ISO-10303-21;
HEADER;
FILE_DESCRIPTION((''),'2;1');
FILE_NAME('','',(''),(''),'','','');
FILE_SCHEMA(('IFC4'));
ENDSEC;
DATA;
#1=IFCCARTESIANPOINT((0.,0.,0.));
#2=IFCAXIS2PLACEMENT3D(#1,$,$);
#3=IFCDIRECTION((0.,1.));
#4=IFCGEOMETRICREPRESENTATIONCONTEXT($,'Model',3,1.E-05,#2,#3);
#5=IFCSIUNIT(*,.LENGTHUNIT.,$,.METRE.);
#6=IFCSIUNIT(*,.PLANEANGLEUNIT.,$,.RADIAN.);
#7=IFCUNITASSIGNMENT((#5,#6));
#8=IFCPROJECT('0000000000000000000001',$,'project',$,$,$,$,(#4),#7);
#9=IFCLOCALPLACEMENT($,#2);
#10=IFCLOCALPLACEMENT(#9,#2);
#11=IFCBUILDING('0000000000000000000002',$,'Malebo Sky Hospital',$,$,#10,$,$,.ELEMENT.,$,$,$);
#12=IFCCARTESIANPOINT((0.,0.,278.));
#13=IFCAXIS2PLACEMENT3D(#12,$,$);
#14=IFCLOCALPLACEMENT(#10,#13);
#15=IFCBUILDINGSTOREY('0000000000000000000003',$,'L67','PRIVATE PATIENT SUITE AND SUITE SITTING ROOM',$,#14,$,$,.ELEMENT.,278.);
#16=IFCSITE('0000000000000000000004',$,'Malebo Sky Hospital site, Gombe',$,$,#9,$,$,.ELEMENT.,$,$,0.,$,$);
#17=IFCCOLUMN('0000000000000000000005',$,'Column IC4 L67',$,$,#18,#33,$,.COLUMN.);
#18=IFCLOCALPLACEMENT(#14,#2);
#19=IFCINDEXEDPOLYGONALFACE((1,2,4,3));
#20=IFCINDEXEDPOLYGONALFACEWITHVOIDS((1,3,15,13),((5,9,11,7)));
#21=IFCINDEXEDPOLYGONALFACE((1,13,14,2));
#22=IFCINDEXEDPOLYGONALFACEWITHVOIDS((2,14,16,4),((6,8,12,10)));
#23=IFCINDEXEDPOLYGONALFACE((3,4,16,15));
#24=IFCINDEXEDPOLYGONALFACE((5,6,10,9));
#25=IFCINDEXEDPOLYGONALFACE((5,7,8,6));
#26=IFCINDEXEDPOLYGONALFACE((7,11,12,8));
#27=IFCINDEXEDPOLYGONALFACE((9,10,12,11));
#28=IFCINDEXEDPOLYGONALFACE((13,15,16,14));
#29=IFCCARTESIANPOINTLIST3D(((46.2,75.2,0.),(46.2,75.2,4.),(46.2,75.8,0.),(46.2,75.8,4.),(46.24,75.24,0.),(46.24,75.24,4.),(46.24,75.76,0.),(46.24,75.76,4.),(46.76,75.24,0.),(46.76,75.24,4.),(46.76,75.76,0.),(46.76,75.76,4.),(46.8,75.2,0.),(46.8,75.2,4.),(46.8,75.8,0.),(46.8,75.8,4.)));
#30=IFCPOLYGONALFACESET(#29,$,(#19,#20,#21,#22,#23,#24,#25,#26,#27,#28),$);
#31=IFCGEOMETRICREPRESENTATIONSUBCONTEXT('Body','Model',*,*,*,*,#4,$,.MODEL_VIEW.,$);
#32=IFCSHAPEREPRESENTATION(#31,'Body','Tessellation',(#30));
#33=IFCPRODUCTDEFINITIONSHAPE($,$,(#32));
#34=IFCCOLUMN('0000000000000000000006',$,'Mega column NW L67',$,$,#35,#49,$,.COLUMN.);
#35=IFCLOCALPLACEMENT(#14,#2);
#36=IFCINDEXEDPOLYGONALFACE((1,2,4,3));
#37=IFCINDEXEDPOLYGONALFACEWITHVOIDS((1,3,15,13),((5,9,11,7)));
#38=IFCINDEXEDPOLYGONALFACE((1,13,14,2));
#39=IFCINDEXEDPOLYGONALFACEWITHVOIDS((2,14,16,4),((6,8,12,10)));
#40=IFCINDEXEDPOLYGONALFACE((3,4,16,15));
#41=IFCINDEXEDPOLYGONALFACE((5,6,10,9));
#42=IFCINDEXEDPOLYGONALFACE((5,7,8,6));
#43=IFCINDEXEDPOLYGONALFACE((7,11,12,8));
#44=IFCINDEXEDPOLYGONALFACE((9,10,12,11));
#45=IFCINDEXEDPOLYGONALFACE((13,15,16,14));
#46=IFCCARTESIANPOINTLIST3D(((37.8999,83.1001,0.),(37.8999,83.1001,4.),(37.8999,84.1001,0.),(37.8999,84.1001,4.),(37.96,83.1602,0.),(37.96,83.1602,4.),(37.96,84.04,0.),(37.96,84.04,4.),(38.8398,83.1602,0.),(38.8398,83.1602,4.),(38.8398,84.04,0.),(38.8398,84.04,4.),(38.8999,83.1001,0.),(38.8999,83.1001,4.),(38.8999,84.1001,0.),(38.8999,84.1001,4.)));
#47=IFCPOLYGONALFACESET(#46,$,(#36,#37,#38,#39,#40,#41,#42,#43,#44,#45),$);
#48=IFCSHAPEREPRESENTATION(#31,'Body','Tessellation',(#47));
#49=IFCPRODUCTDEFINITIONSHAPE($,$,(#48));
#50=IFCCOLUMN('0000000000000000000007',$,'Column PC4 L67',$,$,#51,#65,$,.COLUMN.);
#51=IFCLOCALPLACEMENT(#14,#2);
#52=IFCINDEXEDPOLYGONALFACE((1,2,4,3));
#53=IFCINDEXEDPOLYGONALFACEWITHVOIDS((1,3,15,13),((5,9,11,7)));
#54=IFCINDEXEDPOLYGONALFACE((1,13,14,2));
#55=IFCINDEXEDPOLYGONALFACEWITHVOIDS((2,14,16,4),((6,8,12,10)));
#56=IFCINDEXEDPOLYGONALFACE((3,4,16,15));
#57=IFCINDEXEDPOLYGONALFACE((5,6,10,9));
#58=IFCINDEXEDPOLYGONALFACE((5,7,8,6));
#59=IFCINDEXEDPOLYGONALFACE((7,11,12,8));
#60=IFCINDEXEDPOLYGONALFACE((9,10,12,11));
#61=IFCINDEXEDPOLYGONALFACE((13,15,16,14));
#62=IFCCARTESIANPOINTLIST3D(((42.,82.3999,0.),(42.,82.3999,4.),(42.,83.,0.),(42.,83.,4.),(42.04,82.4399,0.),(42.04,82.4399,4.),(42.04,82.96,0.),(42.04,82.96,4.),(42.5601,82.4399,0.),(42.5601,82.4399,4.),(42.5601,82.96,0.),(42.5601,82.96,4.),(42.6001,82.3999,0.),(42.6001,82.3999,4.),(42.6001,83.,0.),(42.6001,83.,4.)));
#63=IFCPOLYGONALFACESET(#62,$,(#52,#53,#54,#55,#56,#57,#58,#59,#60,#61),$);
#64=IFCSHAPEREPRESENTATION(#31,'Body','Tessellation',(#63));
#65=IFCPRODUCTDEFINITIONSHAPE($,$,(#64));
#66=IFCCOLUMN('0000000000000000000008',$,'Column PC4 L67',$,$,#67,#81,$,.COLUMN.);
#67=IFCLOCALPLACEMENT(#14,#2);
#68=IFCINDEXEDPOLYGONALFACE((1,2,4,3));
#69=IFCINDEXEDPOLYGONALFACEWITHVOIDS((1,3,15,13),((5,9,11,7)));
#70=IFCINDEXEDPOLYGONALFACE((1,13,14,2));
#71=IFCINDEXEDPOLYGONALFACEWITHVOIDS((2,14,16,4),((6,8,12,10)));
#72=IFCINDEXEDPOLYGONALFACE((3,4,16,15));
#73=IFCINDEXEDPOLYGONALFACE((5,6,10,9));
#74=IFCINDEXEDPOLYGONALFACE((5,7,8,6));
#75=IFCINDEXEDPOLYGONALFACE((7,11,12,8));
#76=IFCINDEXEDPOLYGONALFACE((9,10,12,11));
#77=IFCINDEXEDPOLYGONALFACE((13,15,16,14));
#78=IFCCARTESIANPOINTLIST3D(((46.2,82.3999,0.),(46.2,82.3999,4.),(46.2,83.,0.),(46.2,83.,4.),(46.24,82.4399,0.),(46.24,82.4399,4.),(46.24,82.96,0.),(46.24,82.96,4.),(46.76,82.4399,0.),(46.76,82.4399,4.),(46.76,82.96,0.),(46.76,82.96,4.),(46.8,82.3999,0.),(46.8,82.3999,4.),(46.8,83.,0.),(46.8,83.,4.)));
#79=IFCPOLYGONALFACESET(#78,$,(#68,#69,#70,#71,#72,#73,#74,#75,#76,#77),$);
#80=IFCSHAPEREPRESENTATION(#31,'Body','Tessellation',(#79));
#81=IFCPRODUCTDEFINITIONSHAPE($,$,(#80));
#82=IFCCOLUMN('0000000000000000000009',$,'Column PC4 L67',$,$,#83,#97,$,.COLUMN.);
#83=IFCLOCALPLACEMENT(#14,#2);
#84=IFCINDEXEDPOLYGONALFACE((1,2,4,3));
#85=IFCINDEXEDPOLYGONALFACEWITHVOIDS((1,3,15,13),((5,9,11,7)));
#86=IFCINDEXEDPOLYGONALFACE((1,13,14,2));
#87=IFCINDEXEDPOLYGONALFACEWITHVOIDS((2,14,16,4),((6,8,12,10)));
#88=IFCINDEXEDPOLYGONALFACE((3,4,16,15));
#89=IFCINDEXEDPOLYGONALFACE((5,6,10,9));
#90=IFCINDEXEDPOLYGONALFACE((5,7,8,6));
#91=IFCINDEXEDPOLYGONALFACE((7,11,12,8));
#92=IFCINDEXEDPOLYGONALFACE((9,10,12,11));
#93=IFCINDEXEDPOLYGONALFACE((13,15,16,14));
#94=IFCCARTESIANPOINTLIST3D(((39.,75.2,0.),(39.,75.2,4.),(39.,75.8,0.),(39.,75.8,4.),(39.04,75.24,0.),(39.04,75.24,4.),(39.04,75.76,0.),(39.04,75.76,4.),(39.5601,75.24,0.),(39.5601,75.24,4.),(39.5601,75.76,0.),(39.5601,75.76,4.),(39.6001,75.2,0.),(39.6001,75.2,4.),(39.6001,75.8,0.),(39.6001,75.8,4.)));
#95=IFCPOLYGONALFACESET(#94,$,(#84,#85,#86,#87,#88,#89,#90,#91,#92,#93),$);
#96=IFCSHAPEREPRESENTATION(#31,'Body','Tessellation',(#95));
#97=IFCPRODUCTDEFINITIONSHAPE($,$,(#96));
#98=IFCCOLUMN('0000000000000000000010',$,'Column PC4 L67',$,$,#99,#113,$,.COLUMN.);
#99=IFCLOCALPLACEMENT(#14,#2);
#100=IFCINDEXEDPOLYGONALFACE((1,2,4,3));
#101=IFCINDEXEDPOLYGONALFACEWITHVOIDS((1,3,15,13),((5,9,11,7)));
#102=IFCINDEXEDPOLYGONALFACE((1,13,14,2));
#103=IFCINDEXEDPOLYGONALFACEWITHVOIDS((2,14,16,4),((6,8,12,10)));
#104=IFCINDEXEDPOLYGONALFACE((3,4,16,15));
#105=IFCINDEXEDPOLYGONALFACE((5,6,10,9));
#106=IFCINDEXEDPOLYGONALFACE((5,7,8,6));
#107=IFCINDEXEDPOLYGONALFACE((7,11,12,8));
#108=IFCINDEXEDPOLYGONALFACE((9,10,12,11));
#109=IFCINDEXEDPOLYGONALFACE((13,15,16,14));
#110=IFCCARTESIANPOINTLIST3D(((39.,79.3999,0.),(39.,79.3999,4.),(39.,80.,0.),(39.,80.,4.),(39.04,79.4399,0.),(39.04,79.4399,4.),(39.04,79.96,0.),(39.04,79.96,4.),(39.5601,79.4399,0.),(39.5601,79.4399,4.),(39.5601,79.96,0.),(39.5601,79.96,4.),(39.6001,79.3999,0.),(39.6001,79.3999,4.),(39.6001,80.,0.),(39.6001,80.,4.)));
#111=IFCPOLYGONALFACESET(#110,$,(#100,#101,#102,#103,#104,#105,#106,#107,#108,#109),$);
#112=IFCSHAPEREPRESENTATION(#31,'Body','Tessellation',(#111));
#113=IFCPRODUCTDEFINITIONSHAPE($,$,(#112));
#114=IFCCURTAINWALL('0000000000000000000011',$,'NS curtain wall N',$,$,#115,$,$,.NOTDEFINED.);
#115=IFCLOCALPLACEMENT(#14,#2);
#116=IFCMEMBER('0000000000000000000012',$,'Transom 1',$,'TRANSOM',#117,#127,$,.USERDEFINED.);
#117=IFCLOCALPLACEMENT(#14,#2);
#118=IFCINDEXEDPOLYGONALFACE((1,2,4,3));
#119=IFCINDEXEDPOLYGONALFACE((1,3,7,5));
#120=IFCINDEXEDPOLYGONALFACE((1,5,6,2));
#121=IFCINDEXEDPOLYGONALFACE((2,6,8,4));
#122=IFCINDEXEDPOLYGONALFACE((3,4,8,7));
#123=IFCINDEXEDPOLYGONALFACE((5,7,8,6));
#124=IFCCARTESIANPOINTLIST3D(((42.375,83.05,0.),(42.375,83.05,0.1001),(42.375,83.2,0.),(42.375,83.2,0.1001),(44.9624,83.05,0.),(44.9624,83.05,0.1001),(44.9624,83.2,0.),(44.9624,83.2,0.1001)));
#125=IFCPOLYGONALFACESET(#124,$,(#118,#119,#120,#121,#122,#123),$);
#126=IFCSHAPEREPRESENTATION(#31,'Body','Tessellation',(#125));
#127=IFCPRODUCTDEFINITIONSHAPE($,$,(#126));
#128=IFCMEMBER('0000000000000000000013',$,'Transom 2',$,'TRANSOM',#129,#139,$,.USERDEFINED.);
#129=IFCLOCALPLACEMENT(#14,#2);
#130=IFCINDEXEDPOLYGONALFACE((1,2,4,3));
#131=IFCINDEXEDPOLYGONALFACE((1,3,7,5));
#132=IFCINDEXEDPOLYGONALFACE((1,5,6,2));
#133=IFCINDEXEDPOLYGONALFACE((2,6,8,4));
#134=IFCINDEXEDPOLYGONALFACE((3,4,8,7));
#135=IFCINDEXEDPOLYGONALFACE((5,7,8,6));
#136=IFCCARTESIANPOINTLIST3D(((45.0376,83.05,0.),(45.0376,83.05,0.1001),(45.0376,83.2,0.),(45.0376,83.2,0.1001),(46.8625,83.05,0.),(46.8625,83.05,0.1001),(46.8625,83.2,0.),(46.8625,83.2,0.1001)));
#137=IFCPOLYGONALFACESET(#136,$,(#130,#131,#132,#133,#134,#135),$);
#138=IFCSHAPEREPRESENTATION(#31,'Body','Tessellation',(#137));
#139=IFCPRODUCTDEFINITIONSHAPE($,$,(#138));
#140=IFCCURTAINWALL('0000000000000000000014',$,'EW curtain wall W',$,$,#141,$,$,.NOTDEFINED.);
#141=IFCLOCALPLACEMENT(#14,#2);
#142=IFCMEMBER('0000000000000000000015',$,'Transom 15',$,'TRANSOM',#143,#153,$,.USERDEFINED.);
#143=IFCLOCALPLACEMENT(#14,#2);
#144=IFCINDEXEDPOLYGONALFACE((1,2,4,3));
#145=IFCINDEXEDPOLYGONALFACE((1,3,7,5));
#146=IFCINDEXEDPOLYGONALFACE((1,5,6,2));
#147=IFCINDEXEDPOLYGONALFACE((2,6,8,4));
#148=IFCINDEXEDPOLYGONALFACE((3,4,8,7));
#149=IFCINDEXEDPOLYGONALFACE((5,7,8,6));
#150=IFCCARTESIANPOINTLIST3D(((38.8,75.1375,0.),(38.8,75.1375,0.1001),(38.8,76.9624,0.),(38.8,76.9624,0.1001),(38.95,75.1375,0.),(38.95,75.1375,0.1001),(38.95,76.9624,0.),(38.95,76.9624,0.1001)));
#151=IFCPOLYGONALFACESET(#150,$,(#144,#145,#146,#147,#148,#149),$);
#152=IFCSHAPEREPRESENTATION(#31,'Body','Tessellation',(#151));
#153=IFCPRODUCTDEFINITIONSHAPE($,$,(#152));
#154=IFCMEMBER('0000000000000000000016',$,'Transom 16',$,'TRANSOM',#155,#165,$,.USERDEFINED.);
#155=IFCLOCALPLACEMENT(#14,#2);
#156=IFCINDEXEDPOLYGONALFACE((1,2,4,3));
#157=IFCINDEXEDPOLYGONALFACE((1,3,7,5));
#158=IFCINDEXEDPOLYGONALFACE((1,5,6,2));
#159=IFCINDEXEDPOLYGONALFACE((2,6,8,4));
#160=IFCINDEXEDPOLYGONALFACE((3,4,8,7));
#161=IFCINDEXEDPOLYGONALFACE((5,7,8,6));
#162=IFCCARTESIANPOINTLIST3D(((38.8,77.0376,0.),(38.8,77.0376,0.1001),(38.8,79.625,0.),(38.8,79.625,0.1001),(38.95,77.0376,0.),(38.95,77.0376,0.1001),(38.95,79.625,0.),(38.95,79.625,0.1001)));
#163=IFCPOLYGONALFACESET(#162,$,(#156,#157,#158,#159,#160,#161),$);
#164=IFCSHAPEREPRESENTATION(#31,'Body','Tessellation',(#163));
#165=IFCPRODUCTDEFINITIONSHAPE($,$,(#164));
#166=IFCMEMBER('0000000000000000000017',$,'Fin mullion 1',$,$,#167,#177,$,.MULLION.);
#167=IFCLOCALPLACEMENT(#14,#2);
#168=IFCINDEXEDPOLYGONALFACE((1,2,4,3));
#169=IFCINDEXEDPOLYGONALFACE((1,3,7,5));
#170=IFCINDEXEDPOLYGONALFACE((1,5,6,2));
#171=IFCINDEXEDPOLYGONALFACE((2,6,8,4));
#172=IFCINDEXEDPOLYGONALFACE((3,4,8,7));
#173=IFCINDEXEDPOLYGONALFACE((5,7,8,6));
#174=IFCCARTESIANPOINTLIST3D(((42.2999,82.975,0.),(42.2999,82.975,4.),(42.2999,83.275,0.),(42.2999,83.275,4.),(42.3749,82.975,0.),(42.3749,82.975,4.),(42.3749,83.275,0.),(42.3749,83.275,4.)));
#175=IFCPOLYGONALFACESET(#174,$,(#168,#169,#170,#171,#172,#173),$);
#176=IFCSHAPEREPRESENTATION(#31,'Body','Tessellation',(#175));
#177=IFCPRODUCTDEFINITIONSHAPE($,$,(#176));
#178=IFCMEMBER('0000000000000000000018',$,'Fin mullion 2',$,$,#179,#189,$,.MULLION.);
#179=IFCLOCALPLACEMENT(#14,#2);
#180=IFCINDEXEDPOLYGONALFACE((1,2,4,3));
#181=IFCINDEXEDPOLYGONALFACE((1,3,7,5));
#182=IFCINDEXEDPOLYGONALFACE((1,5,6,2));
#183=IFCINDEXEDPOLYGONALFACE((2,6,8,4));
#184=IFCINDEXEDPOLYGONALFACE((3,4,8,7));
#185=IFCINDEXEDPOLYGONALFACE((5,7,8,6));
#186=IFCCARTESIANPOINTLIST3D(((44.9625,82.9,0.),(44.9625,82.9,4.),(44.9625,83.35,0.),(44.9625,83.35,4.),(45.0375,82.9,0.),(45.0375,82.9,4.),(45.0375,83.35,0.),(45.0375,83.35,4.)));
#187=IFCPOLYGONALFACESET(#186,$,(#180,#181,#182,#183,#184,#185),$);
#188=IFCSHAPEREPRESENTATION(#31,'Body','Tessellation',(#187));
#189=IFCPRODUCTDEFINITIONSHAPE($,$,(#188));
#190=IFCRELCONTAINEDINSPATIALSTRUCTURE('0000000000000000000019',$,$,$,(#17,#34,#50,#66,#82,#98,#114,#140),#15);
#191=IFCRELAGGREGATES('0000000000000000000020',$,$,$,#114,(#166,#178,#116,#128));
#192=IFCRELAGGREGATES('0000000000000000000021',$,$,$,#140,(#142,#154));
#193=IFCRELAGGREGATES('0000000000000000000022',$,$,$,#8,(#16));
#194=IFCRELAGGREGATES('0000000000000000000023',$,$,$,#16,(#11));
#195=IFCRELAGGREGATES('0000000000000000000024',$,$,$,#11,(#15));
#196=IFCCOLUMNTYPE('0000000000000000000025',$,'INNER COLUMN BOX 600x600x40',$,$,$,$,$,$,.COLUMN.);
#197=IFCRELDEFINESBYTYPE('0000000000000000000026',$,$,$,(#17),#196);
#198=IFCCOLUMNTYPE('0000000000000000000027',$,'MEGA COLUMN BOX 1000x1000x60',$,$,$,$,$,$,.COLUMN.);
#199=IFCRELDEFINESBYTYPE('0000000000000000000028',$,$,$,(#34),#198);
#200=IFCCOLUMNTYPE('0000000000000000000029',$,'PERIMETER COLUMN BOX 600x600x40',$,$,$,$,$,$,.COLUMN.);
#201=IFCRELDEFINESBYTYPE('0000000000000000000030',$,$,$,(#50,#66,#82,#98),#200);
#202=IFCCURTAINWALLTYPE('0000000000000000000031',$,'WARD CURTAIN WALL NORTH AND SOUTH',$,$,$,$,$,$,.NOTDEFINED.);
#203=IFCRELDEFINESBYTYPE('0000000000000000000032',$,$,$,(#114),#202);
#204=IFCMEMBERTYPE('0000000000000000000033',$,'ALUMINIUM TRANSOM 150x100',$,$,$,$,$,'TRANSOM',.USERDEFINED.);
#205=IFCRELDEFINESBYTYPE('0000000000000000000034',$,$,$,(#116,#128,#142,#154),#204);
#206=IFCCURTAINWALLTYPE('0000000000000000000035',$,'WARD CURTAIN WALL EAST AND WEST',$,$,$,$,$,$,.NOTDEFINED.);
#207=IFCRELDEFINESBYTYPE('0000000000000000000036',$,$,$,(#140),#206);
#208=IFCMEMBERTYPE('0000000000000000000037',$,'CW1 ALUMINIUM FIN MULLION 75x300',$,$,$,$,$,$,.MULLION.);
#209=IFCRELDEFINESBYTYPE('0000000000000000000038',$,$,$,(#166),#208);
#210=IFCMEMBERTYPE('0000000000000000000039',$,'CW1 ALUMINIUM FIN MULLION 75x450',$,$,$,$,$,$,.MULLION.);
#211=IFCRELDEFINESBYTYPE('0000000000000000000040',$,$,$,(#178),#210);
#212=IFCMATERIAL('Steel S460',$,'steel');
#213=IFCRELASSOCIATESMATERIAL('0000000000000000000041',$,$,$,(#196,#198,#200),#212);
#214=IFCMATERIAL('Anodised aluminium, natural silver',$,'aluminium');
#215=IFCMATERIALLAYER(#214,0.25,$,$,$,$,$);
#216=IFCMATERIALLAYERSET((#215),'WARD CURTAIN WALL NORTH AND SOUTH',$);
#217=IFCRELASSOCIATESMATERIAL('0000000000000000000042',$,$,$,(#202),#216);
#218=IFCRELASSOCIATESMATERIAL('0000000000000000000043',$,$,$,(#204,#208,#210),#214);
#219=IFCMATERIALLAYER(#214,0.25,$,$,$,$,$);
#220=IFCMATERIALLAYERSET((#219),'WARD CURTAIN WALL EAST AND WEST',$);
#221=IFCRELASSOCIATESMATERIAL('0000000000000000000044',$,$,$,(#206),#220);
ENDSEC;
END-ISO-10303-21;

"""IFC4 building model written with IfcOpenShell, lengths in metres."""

from ifc_helpers import new_model, si_unit, direction, frame, origin, origin_2d, place, context, subcontext, project, spatial, rectangle, hollow_rectangle, extrude, material, layer, layer_set, material_profile, profile_set, type_object, element, aggregate, save


model = new_model("IFC4")

# Units and contexts
model_context = context("Model", 3, precision=1e-05, world=origin(), true_north=direction((0.0, 1.0)))
body_context = subcontext(model_context, "Body", "Model", "MODEL_VIEW")
ifc_project = project(units=[si_unit("LENGTHUNIT", "METRE"), si_unit("PLANEANGLEUNIT", "RADIAN")], contexts=[model_context])

# Site, building, storey
site_placement = place(None, origin())
site = spatial("IfcSite", under=ifc_project, at=site_placement, Name="Malebo Sky Hospital site, Gombe", CompositionType="ELEMENT", RefElevation=0.0)
building_placement = place(site_placement, origin())
building = spatial("IfcBuilding", under=site, at=building_placement, Name="Malebo Sky Hospital", CompositionType="ELEMENT")
storey_placement = place(building_placement, frame((0.0, 0.0, 278.0)))
storey = spatial("IfcBuildingStorey", under=building, at=storey_placement, Name="L67", Description="PRIVATE PATIENT SUITE AND SUITE SITTING ROOM", CompositionType="ELEMENT", Elevation=278.0)

# Columns
ifc_material_1 = material(Name="Steel S460", Category="steel")
ifc_material_profile_1 = material_profile(ifc_material_1, hollow_rectangle(XDim=0.6001, YDim=0.6001, WallThickness=0.04, at=origin_2d()), Name="BOX 600x600x40")
ifc_profile_set_1 = profile_set([ifc_material_profile_1], Name="Steel S460")
column_type_1 = type_object("IfcColumnType", Name="INNER COLUMN BOX 600x600x40", PredefinedType="COLUMN", material=ifc_profile_set_1)
column_1_placement = place(storey_placement, frame((46.5, 75.5, 0.0), z_axis=(0.0, 0.0, 1.0), x_axis=(1.0, 0.0, 0.0)))
element("IfcColumn", 1, at=column_1_placement, inside=storey, type_object=column_type_1, Name="Column IC4 L67", PredefinedType="COLUMN", context=body_context, shape_type="SweptSolid", body=[
    extrude(hollow_rectangle(XDim=0.6001, YDim=0.6001, WallThickness=0.04, at=origin_2d()), origin(), (0.0, 0.0, 1.0), 4.0),
])
ifc_material_profile_2 = material_profile(ifc_material_1, hollow_rectangle(XDim=1.0, YDim=1.0, WallThickness=0.0601, at=origin_2d()), Name="BOX 1000x1000x60")
ifc_profile_set_2 = profile_set([ifc_material_profile_2], Name="Steel S460")
column_type_2 = type_object("IfcColumnType", Name="MEGA COLUMN BOX 1000x1000x60", PredefinedType="COLUMN", material=ifc_profile_set_2)
column_2_placement = place(storey_placement, frame((38.3999, 83.6001, 0.0), z_axis=(0.0, 0.0, 1.0), x_axis=(1.0, 0.0, 0.0)))
element("IfcColumn", 2, at=column_2_placement, inside=storey, type_object=column_type_2, Name="Mega column NW L67", PredefinedType="COLUMN", context=body_context, shape_type="SweptSolid", body=[
    extrude(hollow_rectangle(XDim=1.0, YDim=1.0, WallThickness=0.0601, at=origin_2d()), origin(), (0.0, 0.0, 1.0), 4.0),
])
ifc_material_profile_3 = material_profile(ifc_material_1, hollow_rectangle(XDim=0.6001, YDim=0.6001, WallThickness=0.04, at=origin_2d()), Name="BOX 600x600x40")
ifc_profile_set_3 = profile_set([ifc_material_profile_3], Name="Steel S460")
column_type_3 = type_object("IfcColumnType", Name="PERIMETER COLUMN BOX 600x600x40", PredefinedType="COLUMN", material=ifc_profile_set_3)
for number, where, z_axis, x_axis, name in (
    (3, (42.3, 82.7, 0.0), (0.0, 0.0, 1.0), (1.0, 0.0, 0.0), "Column PC4 L67"),
    (4, (46.5, 82.7, 0.0), (0.0, 0.0, 1.0), (1.0, 0.0, 0.0), "Column PC4 L67"),
    (5, (39.3, 75.5, 0.0), (0.0, 0.0, 1.0), (1.0, 0.0, 0.0), "Column PC4 L67"),
    (6, (39.3, 79.7, 0.0), (0.0, 0.0, 1.0), (1.0, 0.0, 0.0), "Column PC4 L67"),
):
    element("IfcColumn", number, at=place(storey_placement, frame(where, z_axis=z_axis, x_axis=x_axis)), inside=storey, type_object=column_type_3, Name=name, PredefinedType="COLUMN", context=body_context, shape_type="SweptSolid", body=[
        extrude(hollow_rectangle(XDim=0.6001, YDim=0.6001, WallThickness=0.04, at=origin_2d()), origin(), (0.0, 0.0, 1.0), 4.0),
    ])

# Curtain walls, members
ifc_material_2 = material(Name="Anodised aluminium, natural silver", Category="aluminium")
ifc_layer_1 = layer(ifc_material_2, 0.25)
ifc_layer_set_1 = layer_set([ifc_layer_1], Name="WARD CURTAIN WALL NORTH AND SOUTH")
curtain_wall_type_1 = type_object("IfcCurtainWallType", Name="WARD CURTAIN WALL NORTH AND SOUTH", PredefinedType="NOTDEFINED", material=ifc_layer_set_1)
curtain_wall_1_placement = place(storey_placement, origin())
curtain_wall_1 = element("IfcCurtainWall", 7, at=curtain_wall_1_placement, inside=storey, type_object=curtain_wall_type_1, Name="NS curtain wall N", PredefinedType="NOTDEFINED")
ifc_material_profile_4 = material_profile(ifc_material_2, rectangle(XDim=0.1499, YDim=0.1001, at=origin_2d()), Name="ALUMINIUM TRANSOM 150x100")
ifc_profile_set_4 = profile_set([ifc_material_profile_4], Name="Anodised aluminium, natural silver")
member_type_1 = type_object("IfcMemberType", Name="ALUMINIUM TRANSOM 150x100", ElementType="TRANSOM", PredefinedType="USERDEFINED", material=ifc_profile_set_4)
member_1_placement = place(storey_placement, frame((42.375, 83.125, 0.05), z_axis=(1.0, 0.0, 0.0), x_axis=(0.0, 1.0, 0.0)))
member_1 = element("IfcMember", 8, at=member_1_placement, type_object=member_type_1, Name="Transom 1", ObjectType="TRANSOM", PredefinedType="USERDEFINED", context=body_context, shape_type="SweptSolid", body=[
    extrude(rectangle(XDim=0.1499, YDim=0.1001, at=origin_2d()), origin(), (0.0, 0.0, 1.0), 2.5874),
])
member_2_placement = place(storey_placement, frame((45.0376, 83.125, 0.05), z_axis=(1.0, 0.0, 0.0), x_axis=(0.0, 1.0, 0.0)))
member_2 = element("IfcMember", 9, at=member_2_placement, type_object=member_type_1, Name="Transom 2", ObjectType="TRANSOM", PredefinedType="USERDEFINED", context=body_context, shape_type="SweptSolid", body=[
    extrude(rectangle(XDim=0.1499, YDim=0.1001, at=origin_2d()), origin(), (0.0, 0.0, 1.0), 1.825),
])
ifc_layer_2 = layer(ifc_material_2, 0.25)
ifc_layer_set_2 = layer_set([ifc_layer_2], Name="WARD CURTAIN WALL EAST AND WEST")
curtain_wall_type_2 = type_object("IfcCurtainWallType", Name="WARD CURTAIN WALL EAST AND WEST", PredefinedType="NOTDEFINED", material=ifc_layer_set_2)
curtain_wall_2_placement = place(storey_placement, origin())
curtain_wall_2 = element("IfcCurtainWall", 10, at=curtain_wall_2_placement, inside=storey, type_object=curtain_wall_type_2, Name="EW curtain wall W", PredefinedType="NOTDEFINED")
member_3_placement = place(storey_placement, frame((38.875, 75.1375, 0.05), z_axis=(0.0, 1.0, 0.0), x_axis=(-1.0, 0.0, 0.0)))
member_3 = element("IfcMember", 11, at=member_3_placement, type_object=member_type_1, Name="Transom 15", ObjectType="TRANSOM", PredefinedType="USERDEFINED", context=body_context, shape_type="SweptSolid", body=[
    extrude(rectangle(XDim=0.1499, YDim=0.1001, at=origin_2d()), origin(), (0.0, 0.0, 1.0), 1.825),
])
member_4_placement = place(storey_placement, frame((38.875, 77.0376, 0.05), z_axis=(0.0, 1.0, 0.0), x_axis=(-1.0, 0.0, 0.0)))
member_4 = element("IfcMember", 12, at=member_4_placement, type_object=member_type_1, Name="Transom 16", ObjectType="TRANSOM", PredefinedType="USERDEFINED", context=body_context, shape_type="SweptSolid", body=[
    extrude(rectangle(XDim=0.1499, YDim=0.1001, at=origin_2d()), origin(), (0.0, 0.0, 1.0), 2.5874),
])

# Members
ifc_material_profile_5 = material_profile(ifc_material_2, rectangle(XDim=0.075, YDim=0.3, at=origin_2d()), Name="CW1 ALUMINIUM FIN MULLION 75x300")
ifc_profile_set_5 = profile_set([ifc_material_profile_5], Name="Anodised aluminium, natural silver")
member_type_2 = type_object("IfcMemberType", Name="CW1 ALUMINIUM FIN MULLION 75x300", PredefinedType="MULLION", material=ifc_profile_set_5)
member_5_placement = place(storey_placement, frame((42.3374, 83.125, 0.0), z_axis=(0.0, 0.0, 1.0), x_axis=(1.0, 0.0, 0.0)))
member_5 = element("IfcMember", 13, at=member_5_placement, type_object=member_type_2, Name="Fin mullion 1", PredefinedType="MULLION", context=body_context, shape_type="SweptSolid", body=[
    extrude(rectangle(XDim=0.075, YDim=0.3, at=origin_2d()), origin(), (0.0, 0.0, 1.0), 4.0),
])
ifc_material_profile_6 = material_profile(ifc_material_2, rectangle(XDim=0.075, YDim=0.45, at=origin_2d()), Name="CW1 ALUMINIUM FIN MULLION 75x450")
ifc_profile_set_6 = profile_set([ifc_material_profile_6], Name="Anodised aluminium, natural silver")
member_type_3 = type_object("IfcMemberType", Name="CW1 ALUMINIUM FIN MULLION 75x450", PredefinedType="MULLION", material=ifc_profile_set_6)
member_6_placement = place(storey_placement, frame((45.0, 83.125, 0.0), z_axis=(0.0, 0.0, 1.0), x_axis=(1.0, 0.0, 0.0)))
member_6 = element("IfcMember", 14, at=member_6_placement, type_object=member_type_3, Name="Fin mullion 2", PredefinedType="MULLION", context=body_context, shape_type="SweptSolid", body=[
    extrude(rectangle(XDim=0.075, YDim=0.45, at=origin_2d()), origin(), (0.0, 0.0, 1.0), 4.0),
])

aggregate(curtain_wall_1, [member_5, member_6, member_1, member_2])
aggregate(curtain_wall_2, [member_3, member_4])

save(model, "model.ifc")
